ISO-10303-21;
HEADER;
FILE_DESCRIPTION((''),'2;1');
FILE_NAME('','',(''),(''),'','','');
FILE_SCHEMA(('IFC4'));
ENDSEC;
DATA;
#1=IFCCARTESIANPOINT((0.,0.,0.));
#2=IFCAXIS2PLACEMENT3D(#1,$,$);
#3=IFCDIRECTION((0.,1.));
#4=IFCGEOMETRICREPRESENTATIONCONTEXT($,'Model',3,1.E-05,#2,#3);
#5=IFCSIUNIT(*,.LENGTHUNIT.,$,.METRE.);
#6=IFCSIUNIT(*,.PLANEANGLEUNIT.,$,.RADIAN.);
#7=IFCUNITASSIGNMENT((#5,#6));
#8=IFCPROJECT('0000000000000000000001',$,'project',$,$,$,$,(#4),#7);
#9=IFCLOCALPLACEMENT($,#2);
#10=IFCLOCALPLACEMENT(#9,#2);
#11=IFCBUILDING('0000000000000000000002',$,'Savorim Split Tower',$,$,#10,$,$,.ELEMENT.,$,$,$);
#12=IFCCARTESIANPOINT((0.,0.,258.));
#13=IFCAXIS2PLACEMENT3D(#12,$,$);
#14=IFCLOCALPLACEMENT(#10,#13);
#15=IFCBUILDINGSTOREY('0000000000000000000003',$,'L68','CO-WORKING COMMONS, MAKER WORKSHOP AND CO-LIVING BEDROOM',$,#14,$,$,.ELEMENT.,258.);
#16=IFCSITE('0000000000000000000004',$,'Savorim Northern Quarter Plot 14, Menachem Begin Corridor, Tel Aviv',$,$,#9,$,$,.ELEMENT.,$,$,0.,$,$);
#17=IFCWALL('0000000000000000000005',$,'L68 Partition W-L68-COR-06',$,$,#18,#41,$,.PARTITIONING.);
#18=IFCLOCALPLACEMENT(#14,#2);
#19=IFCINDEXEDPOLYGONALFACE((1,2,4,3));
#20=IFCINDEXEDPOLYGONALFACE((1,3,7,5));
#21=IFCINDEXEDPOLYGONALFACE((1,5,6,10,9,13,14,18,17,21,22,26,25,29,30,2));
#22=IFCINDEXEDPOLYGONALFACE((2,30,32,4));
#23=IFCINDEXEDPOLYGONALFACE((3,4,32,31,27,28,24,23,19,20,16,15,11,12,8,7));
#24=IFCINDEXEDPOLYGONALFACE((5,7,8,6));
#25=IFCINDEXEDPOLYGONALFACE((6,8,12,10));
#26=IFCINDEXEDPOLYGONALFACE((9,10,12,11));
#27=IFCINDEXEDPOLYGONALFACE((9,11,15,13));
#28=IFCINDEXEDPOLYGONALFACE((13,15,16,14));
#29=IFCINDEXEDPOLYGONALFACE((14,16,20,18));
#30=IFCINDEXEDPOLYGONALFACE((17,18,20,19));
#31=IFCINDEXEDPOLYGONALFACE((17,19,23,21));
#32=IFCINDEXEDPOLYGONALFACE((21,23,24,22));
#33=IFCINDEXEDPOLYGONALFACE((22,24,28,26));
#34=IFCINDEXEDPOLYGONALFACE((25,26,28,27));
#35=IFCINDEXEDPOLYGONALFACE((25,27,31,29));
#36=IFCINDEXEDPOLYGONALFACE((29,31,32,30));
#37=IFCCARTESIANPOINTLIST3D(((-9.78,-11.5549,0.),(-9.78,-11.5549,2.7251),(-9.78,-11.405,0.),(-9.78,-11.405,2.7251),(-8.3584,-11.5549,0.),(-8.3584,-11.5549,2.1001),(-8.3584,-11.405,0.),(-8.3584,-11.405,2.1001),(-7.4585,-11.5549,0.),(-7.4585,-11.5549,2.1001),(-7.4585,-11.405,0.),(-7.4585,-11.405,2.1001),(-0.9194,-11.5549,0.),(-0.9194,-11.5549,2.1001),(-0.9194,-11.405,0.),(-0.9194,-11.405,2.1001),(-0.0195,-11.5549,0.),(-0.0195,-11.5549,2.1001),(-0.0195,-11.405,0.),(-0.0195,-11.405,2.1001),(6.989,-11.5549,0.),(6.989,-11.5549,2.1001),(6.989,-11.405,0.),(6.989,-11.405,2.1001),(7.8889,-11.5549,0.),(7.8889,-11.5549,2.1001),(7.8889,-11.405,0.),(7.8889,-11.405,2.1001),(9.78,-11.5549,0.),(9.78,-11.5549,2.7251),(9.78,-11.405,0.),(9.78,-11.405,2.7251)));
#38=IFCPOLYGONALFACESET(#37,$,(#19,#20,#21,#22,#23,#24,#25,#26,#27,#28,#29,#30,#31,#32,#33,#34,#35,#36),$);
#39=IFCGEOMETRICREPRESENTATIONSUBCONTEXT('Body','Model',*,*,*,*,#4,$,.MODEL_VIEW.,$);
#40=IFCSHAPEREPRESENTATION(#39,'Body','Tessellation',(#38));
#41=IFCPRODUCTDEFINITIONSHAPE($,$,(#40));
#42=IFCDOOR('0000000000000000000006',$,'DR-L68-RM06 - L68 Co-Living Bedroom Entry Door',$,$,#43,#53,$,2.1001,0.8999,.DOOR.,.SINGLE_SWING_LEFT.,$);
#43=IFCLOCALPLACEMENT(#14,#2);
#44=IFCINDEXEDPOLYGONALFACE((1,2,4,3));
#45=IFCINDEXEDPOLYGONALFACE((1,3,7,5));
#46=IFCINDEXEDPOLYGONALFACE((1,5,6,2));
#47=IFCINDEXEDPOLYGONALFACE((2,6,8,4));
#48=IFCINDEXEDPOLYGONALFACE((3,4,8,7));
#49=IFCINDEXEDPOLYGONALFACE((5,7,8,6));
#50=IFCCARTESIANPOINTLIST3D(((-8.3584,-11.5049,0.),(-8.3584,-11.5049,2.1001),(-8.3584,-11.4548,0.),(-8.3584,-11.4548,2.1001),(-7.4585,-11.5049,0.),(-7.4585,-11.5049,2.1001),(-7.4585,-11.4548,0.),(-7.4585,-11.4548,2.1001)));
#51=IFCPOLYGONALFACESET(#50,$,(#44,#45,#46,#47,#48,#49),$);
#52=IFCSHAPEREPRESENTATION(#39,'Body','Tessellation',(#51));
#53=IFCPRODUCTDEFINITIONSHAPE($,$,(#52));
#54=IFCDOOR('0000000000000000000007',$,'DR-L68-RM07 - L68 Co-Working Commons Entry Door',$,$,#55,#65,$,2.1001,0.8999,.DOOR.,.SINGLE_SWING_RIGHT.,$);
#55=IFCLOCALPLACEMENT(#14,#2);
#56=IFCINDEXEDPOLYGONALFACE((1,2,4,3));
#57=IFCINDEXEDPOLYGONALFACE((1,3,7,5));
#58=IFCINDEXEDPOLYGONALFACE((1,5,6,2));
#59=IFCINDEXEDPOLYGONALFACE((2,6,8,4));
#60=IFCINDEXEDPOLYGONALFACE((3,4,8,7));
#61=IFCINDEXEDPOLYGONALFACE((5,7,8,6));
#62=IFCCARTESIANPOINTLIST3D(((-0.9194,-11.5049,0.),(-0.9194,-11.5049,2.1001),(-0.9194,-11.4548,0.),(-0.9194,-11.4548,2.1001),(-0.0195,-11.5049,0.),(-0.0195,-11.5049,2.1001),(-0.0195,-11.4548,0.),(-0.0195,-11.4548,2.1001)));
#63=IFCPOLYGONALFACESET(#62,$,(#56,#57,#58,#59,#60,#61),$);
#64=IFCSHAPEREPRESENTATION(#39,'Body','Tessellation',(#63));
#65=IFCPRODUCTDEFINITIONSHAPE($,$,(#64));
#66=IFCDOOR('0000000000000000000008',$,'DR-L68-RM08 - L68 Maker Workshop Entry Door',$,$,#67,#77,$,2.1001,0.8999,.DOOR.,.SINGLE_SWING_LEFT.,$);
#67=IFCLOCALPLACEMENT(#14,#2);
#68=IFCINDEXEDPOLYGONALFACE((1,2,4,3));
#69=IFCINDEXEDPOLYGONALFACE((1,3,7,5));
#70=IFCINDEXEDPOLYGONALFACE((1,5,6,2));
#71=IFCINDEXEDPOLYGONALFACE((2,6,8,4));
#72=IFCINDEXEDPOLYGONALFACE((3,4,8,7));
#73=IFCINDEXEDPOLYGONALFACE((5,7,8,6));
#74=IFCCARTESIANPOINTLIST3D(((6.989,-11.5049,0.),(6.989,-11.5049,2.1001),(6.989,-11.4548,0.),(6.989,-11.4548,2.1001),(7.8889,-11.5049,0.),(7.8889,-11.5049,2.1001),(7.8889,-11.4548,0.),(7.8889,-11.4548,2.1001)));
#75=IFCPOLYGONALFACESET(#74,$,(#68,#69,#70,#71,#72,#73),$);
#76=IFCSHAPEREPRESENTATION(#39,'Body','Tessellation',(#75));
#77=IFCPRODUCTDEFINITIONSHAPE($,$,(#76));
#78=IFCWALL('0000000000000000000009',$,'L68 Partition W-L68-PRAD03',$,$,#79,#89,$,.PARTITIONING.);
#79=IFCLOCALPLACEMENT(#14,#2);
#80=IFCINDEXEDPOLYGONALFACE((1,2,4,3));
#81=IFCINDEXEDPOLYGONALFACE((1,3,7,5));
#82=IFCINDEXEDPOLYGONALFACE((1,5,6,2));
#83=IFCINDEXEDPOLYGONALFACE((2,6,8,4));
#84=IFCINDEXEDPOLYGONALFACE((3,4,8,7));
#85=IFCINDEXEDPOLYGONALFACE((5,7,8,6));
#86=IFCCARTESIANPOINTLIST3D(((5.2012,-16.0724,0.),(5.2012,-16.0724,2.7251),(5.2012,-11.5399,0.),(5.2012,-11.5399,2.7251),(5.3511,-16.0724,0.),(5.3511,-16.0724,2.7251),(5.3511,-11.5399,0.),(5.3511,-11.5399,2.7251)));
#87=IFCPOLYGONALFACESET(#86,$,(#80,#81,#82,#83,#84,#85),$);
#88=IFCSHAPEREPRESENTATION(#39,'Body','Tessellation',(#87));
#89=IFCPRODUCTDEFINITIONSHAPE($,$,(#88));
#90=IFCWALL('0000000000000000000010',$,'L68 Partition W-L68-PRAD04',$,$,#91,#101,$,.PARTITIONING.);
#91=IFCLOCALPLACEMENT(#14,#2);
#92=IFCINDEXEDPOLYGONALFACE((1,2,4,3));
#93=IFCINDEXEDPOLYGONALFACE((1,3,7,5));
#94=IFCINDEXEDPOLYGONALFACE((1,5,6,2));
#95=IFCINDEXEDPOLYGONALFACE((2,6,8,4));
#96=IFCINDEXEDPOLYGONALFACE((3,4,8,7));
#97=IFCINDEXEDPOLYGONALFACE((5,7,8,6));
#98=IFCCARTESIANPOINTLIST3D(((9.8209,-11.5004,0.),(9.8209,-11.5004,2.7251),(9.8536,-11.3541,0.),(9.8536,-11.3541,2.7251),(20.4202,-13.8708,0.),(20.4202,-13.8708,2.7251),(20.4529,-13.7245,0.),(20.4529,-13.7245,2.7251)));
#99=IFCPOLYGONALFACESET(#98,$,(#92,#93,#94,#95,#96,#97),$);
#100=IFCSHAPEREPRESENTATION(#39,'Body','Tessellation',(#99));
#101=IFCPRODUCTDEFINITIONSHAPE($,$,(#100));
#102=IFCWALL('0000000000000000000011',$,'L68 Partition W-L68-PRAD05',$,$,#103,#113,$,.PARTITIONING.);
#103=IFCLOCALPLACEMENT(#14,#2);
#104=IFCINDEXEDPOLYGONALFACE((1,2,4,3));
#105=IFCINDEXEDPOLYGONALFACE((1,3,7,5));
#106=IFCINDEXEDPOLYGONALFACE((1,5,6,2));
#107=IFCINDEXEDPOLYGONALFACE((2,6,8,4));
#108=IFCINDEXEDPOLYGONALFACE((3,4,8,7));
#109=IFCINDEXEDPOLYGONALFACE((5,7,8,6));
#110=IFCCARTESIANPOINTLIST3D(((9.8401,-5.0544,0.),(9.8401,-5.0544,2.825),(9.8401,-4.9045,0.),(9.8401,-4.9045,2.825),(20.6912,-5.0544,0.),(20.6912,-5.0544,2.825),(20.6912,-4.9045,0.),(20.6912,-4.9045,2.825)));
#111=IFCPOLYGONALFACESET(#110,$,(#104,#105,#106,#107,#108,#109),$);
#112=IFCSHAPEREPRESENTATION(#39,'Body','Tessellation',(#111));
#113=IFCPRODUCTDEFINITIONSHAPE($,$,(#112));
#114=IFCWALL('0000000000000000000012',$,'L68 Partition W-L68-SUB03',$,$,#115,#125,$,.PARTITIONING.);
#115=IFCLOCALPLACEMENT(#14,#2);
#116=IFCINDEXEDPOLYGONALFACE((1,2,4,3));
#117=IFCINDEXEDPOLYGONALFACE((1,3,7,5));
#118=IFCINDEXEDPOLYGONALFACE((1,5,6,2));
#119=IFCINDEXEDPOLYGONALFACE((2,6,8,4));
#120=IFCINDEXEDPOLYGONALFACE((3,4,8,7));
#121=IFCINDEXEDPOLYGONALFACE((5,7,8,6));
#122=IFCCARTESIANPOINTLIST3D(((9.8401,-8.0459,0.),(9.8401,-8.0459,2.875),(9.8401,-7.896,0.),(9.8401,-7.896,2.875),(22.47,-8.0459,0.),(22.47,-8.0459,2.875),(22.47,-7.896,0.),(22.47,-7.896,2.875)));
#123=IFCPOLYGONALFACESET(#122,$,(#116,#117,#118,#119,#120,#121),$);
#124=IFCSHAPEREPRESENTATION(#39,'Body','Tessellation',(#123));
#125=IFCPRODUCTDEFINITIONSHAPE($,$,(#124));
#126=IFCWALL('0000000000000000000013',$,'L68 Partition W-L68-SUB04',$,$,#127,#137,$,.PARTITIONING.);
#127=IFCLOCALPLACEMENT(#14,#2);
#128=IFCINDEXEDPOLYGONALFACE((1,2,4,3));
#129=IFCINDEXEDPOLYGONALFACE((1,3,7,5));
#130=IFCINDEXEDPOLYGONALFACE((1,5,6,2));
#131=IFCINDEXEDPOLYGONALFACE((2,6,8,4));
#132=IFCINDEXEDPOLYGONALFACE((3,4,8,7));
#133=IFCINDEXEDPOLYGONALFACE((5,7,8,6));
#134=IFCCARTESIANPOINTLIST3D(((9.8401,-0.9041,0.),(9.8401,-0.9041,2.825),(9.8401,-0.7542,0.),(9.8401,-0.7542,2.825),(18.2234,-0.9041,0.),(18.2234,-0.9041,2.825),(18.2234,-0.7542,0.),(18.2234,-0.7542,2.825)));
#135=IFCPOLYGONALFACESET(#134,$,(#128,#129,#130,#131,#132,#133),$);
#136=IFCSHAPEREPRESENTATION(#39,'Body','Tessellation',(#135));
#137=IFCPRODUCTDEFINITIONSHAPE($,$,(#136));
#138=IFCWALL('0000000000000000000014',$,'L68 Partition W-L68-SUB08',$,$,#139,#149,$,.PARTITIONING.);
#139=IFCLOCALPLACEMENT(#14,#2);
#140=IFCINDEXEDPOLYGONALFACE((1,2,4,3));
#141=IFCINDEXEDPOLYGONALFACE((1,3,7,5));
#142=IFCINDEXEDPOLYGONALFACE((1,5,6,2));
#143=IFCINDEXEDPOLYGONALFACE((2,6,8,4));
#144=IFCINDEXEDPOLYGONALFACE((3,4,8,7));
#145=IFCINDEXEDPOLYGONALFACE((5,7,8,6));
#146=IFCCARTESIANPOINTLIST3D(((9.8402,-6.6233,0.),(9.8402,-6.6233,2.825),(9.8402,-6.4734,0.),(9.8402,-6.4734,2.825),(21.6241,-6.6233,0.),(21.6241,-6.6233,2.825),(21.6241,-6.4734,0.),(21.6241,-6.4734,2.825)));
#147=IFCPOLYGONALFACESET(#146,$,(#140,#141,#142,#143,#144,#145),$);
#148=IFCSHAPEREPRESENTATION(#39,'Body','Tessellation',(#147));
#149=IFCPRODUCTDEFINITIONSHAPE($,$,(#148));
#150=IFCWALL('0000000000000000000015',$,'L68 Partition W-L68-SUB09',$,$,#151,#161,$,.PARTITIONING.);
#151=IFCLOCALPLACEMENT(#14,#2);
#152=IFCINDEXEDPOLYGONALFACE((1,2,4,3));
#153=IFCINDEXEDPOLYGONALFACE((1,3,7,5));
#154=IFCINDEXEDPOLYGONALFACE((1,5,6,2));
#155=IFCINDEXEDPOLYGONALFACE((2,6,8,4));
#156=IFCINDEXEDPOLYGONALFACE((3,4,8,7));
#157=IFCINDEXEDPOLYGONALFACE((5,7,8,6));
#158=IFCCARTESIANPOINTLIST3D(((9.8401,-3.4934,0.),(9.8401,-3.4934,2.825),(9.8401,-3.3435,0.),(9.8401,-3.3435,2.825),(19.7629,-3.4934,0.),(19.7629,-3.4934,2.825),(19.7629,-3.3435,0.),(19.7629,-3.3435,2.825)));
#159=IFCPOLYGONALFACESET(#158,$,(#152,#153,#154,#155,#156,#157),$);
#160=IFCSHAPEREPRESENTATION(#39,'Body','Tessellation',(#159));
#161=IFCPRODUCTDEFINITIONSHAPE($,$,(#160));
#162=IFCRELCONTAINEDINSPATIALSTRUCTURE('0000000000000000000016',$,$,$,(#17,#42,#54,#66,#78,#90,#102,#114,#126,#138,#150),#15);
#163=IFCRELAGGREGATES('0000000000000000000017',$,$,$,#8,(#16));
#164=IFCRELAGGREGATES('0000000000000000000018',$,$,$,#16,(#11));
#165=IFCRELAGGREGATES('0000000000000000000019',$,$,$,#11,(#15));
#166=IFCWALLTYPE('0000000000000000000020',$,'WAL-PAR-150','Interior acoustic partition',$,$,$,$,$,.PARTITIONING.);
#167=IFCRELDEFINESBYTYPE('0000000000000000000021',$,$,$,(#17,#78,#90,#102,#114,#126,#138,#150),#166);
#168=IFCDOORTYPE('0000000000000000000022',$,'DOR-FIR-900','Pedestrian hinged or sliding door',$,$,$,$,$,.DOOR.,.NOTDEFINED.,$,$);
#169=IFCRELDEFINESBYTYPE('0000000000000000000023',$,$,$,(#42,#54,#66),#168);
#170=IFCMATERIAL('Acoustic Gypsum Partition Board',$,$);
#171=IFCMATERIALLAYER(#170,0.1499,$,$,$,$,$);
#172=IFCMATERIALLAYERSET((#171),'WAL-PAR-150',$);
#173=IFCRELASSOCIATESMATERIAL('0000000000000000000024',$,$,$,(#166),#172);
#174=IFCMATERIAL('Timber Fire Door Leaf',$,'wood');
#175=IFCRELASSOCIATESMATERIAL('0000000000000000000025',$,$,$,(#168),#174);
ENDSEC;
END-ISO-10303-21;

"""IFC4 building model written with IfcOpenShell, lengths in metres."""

from ifc_helpers import new_model, si_unit, direction, frame, frame_2d, origin, place, context, subcontext, project, spatial, rectangle, extrude, material, layer, layer_set, type_object, element, fill, save


model = new_model("IFC4")

# Units and contexts
model_context = context("Model", 3, precision=1e-05, world=origin(), true_north=direction((0.0, 1.0)))
body_context = subcontext(model_context, "Body", "Model", "MODEL_VIEW")
ifc_project = project(units=[si_unit("LENGTHUNIT", "METRE"), si_unit("PLANEANGLEUNIT", "RADIAN")], contexts=[model_context])

# Site, building, storey
site_placement = place(None, origin())
site = spatial("IfcSite", under=ifc_project, at=site_placement, Name="Savorim Northern Quarter Plot 14, Menachem Begin Corridor, Tel Aviv", CompositionType="ELEMENT", RefElevation=0.0)
building_placement = place(site_placement, origin())
building = spatial("IfcBuilding", under=site, at=building_placement, Name="Savorim Split Tower", CompositionType="ELEMENT")
storey_placement = place(building_placement, frame((0.0, 0.0, 258.0)))
storey = spatial("IfcBuildingStorey", under=building, at=storey_placement, Name="L68", Description="CO-WORKING COMMONS, MAKER WORKSHOP AND CO-LIVING BEDROOM", CompositionType="ELEMENT", Elevation=258.0)

# Shared definitions
ifc_material_1 = material(Name="Timber Fire Door Leaf", Category="wood")

# Shared definitions
ifc_material_2 = material(Name="Acoustic Gypsum Partition Board")
ifc_layer_1 = layer(ifc_material_2, 0.1499)
ifc_layer_set_1 = layer_set([ifc_layer_1], Name="WAL-PAR-150")
wall_type_1 = type_object("IfcWallType", Name="WAL-PAR-150", Description="Interior acoustic partition", PredefinedType="PARTITIONING", material=ifc_layer_set_1)
door_type_1 = type_object("IfcDoorType", Name="DOR-FIR-900", Description="Pedestrian hinged or sliding door", OperationType="NOTDEFINED", PredefinedType="DOOR", material=ifc_material_1)

# Wall, openings, doors
wall_1_placement = place(storey_placement, frame((9.78, -11.48, 0.0), z_axis=(0.0, 0.0, 1.0), x_axis=(-1.0, 0.0, 0.0)))
wall_1 = element("IfcWall", 1, at=wall_1_placement, inside=storey, type_object=wall_type_1, Name="L68 Partition W-L68-COR-06", PredefinedType="PARTITIONING", context=body_context, shape_type="SweptSolid", body=[
    extrude(rectangle(XDim=19.5601, YDim=0.1499, at=frame_2d((9.78, 0.0))), origin(), (0.0, 0.0, 1.0), 2.7251),
])
opening_1_placement = place(wall_1_placement, frame((17.2385, 0.0, 0.0)))
opening_1 = element("IfcOpeningElement", 2, at=opening_1_placement, cuts=wall_1, PredefinedType="OPENING", context=body_context, shape_type="SweptSolid", body=[
    extrude(rectangle(XDim=0.8999, YDim=2.1001, at=frame_2d((0.45, 1.05))), frame((0.0, 0.085, 0.0), z_axis=(0.0, -1.0, 0.0), x_axis=(1.0, 0.0, 0.0)), (0.0, 0.0, 1.0), 0.1699),
])
opening_2_placement = place(wall_1_placement, frame((9.7996, 0.0, 0.0)))
opening_2 = element("IfcOpeningElement", 3, at=opening_2_placement, cuts=wall_1, PredefinedType="OPENING", context=body_context, shape_type="SweptSolid", body=[
    extrude(rectangle(XDim=0.8999, YDim=2.1001, at=frame_2d((0.45, 1.05))), frame((0.0, 0.085, 0.0), z_axis=(0.0, -1.0, 0.0), x_axis=(1.0, 0.0, 0.0)), (0.0, 0.0, 1.0), 0.1699),
])
opening_3_placement = place(wall_1_placement, frame((1.8911, 0.0, 0.0)))
opening_3 = element("IfcOpeningElement", 4, at=opening_3_placement, cuts=wall_1, PredefinedType="OPENING", context=body_context, shape_type="SweptSolid", body=[
    extrude(rectangle(XDim=0.8999, YDim=2.1001, at=frame_2d((0.45, 1.05))), frame((0.0, 0.085, 0.0), z_axis=(0.0, -1.0, 0.0), x_axis=(1.0, 0.0, 0.0)), (0.0, 0.0, 1.0), 0.1699),
])
door_1_placement = place(opening_1_placement, origin())
door_1 = element("IfcDoor", 5, at=door_1_placement, inside=storey, type_object=door_type_1, Name="DR-L68-RM06 - L68 Co-Living Bedroom Entry Door", OperationType="SINGLE_SWING_LEFT", OverallHeight=2.1001, OverallWidth=0.8999, PredefinedType="DOOR", context=body_context, shape_type="SweptSolid", body=[
    extrude(rectangle(XDim=0.8999, YDim=2.1001, at=frame_2d((0.45, 1.05))), frame((0.0, 0.0249, 0.0), z_axis=(0.0, -1.0, 0.0), x_axis=(1.0, 0.0, 0.0)), (0.0, 0.0, 1.0), 0.05),
])
fill(opening_1, door_1)
door_2_placement = place(opening_2_placement, origin())
door_2 = element("IfcDoor", 6, at=door_2_placement, inside=storey, type_object=door_type_1, Name="DR-L68-RM07 - L68 Co-Working Commons Entry Door", OperationType="SINGLE_SWING_RIGHT", OverallHeight=2.1001, OverallWidth=0.8999, PredefinedType="DOOR", context=body_context, shape_type="SweptSolid", body=[
    extrude(rectangle(XDim=0.8999, YDim=2.1001, at=frame_2d((0.45, 1.05))), frame((0.0, 0.0249, 0.0), z_axis=(0.0, -1.0, 0.0), x_axis=(1.0, 0.0, 0.0)), (0.0, 0.0, 1.0), 0.05),
])
fill(opening_2, door_2)
door_3_placement = place(opening_3_placement, origin())
door_3 = element("IfcDoor", 7, at=door_3_placement, inside=storey, type_object=door_type_1, Name="DR-L68-RM08 - L68 Maker Workshop Entry Door", OperationType="SINGLE_SWING_LEFT", OverallHeight=2.1001, OverallWidth=0.8999, PredefinedType="DOOR", context=body_context, shape_type="SweptSolid", body=[
    extrude(rectangle(XDim=0.8999, YDim=2.1001, at=frame_2d((0.45, 1.05))), frame((0.0, 0.0249, 0.0), z_axis=(0.0, -1.0, 0.0), x_axis=(1.0, 0.0, 0.0)), (0.0, 0.0, 1.0), 0.05),
])
fill(opening_3, door_3)

# Walls
wall_2_placement = place(storey_placement, frame((5.2761, -11.54, 0.0), z_axis=(0.0, 0.0, 1.0), x_axis=(0.0, -1.0, 0.0)))
element("IfcWall", 8, at=wall_2_placement, inside=storey, type_object=wall_type_1, Name="L68 Partition W-L68-PRAD03", PredefinedType="PARTITIONING", context=body_context, shape_type="SweptSolid", body=[
    extrude(rectangle(XDim=4.5325, YDim=0.1499, at=frame_2d((2.2661, 0.0))), origin(), (0.0, 0.0, 1.0), 2.7251),
])
wall_3_placement = place(storey_placement, frame((9.8372, -11.4272, 0.0), z_axis=(0.0, 0.0, 1.0), x_axis=(0.975895, -0.218242, 0.0)))
element("IfcWall", 9, at=wall_3_placement, inside=storey, type_object=wall_type_1, Name="L68 Partition W-L68-PRAD04", PredefinedType="PARTITIONING", context=body_context, shape_type="SweptSolid", body=[
    extrude(rectangle(XDim=10.8611, YDim=0.1499, at=frame_2d((5.4307, 0.0))), origin(), (0.0, 0.0, 1.0), 2.7251),
])
wall_4_placement = place(storey_placement, frame((9.8401, -4.9795, 0.0), z_axis=(0.0, 0.0, 1.0), x_axis=(1.0, 0.0, 0.0)))
element("IfcWall", 10, at=wall_4_placement, inside=storey, type_object=wall_type_1, Name="L68 Partition W-L68-PRAD05", PredefinedType="PARTITIONING", context=body_context, shape_type="SweptSolid", body=[
    extrude(rectangle(XDim=10.8511, YDim=0.1499, at=frame_2d((5.4255, 0.0))), origin(), (0.0, 0.0, 1.0), 2.825),
])
wall_5_placement = place(storey_placement, frame((9.8401, -7.9709, 0.0), z_axis=(0.0, 0.0, 1.0), x_axis=(1.0, 0.0, 0.0)))
element("IfcWall", 11, at=wall_5_placement, inside=storey, type_object=wall_type_1, Name="L68 Partition W-L68-SUB03", PredefinedType="PARTITIONING", context=body_context, shape_type="SweptSolid", body=[
    extrude(rectangle(XDim=12.6299, YDim=0.1499, at=frame_2d((6.3149, 0.0))), origin(), (0.0, 0.0, 1.0), 2.875),
])
wall_6_placement = place(storey_placement, frame((9.8401, -0.8291, 0.0), z_axis=(0.0, 0.0, 1.0), x_axis=(1.0, 0.0, 0.0)))
element("IfcWall", 12, at=wall_6_placement, inside=storey, type_object=wall_type_1, Name="L68 Partition W-L68-SUB04", PredefinedType="PARTITIONING", context=body_context, shape_type="SweptSolid", body=[
    extrude(rectangle(XDim=8.3833, YDim=0.1499, at=frame_2d((4.1917, 0.0))), origin(), (0.0, 0.0, 1.0), 2.825),
])
wall_7_placement = place(storey_placement, frame((9.8401, -6.5483, 0.0), z_axis=(0.0, 0.0, 1.0), x_axis=(1.0, 0.0, 0.0)))
element("IfcWall", 13, at=wall_7_placement, inside=storey, type_object=wall_type_1, Name="L68 Partition W-L68-SUB08", PredefinedType="PARTITIONING", context=body_context, shape_type="SweptSolid", body=[
    extrude(rectangle(XDim=11.7839, YDim=0.1499, at=frame_2d((5.8921, 0.0))), origin(), (0.0, 0.0, 1.0), 2.825),
])
wall_8_placement = place(storey_placement, frame((9.8401, -3.4185, 0.0), z_axis=(0.0, 0.0, 1.0), x_axis=(1.0, 0.0, 0.0)))
element("IfcWall", 14, at=wall_8_placement, inside=storey, type_object=wall_type_1, Name="L68 Partition W-L68-SUB09", PredefinedType="PARTITIONING", context=body_context, shape_type="SweptSolid", body=[
    extrude(rectangle(XDim=9.9229, YDim=0.1499, at=frame_2d((4.9614, 0.0))), origin(), (0.0, 0.0, 1.0), 2.825),
])

save(model, "model.ifc")
